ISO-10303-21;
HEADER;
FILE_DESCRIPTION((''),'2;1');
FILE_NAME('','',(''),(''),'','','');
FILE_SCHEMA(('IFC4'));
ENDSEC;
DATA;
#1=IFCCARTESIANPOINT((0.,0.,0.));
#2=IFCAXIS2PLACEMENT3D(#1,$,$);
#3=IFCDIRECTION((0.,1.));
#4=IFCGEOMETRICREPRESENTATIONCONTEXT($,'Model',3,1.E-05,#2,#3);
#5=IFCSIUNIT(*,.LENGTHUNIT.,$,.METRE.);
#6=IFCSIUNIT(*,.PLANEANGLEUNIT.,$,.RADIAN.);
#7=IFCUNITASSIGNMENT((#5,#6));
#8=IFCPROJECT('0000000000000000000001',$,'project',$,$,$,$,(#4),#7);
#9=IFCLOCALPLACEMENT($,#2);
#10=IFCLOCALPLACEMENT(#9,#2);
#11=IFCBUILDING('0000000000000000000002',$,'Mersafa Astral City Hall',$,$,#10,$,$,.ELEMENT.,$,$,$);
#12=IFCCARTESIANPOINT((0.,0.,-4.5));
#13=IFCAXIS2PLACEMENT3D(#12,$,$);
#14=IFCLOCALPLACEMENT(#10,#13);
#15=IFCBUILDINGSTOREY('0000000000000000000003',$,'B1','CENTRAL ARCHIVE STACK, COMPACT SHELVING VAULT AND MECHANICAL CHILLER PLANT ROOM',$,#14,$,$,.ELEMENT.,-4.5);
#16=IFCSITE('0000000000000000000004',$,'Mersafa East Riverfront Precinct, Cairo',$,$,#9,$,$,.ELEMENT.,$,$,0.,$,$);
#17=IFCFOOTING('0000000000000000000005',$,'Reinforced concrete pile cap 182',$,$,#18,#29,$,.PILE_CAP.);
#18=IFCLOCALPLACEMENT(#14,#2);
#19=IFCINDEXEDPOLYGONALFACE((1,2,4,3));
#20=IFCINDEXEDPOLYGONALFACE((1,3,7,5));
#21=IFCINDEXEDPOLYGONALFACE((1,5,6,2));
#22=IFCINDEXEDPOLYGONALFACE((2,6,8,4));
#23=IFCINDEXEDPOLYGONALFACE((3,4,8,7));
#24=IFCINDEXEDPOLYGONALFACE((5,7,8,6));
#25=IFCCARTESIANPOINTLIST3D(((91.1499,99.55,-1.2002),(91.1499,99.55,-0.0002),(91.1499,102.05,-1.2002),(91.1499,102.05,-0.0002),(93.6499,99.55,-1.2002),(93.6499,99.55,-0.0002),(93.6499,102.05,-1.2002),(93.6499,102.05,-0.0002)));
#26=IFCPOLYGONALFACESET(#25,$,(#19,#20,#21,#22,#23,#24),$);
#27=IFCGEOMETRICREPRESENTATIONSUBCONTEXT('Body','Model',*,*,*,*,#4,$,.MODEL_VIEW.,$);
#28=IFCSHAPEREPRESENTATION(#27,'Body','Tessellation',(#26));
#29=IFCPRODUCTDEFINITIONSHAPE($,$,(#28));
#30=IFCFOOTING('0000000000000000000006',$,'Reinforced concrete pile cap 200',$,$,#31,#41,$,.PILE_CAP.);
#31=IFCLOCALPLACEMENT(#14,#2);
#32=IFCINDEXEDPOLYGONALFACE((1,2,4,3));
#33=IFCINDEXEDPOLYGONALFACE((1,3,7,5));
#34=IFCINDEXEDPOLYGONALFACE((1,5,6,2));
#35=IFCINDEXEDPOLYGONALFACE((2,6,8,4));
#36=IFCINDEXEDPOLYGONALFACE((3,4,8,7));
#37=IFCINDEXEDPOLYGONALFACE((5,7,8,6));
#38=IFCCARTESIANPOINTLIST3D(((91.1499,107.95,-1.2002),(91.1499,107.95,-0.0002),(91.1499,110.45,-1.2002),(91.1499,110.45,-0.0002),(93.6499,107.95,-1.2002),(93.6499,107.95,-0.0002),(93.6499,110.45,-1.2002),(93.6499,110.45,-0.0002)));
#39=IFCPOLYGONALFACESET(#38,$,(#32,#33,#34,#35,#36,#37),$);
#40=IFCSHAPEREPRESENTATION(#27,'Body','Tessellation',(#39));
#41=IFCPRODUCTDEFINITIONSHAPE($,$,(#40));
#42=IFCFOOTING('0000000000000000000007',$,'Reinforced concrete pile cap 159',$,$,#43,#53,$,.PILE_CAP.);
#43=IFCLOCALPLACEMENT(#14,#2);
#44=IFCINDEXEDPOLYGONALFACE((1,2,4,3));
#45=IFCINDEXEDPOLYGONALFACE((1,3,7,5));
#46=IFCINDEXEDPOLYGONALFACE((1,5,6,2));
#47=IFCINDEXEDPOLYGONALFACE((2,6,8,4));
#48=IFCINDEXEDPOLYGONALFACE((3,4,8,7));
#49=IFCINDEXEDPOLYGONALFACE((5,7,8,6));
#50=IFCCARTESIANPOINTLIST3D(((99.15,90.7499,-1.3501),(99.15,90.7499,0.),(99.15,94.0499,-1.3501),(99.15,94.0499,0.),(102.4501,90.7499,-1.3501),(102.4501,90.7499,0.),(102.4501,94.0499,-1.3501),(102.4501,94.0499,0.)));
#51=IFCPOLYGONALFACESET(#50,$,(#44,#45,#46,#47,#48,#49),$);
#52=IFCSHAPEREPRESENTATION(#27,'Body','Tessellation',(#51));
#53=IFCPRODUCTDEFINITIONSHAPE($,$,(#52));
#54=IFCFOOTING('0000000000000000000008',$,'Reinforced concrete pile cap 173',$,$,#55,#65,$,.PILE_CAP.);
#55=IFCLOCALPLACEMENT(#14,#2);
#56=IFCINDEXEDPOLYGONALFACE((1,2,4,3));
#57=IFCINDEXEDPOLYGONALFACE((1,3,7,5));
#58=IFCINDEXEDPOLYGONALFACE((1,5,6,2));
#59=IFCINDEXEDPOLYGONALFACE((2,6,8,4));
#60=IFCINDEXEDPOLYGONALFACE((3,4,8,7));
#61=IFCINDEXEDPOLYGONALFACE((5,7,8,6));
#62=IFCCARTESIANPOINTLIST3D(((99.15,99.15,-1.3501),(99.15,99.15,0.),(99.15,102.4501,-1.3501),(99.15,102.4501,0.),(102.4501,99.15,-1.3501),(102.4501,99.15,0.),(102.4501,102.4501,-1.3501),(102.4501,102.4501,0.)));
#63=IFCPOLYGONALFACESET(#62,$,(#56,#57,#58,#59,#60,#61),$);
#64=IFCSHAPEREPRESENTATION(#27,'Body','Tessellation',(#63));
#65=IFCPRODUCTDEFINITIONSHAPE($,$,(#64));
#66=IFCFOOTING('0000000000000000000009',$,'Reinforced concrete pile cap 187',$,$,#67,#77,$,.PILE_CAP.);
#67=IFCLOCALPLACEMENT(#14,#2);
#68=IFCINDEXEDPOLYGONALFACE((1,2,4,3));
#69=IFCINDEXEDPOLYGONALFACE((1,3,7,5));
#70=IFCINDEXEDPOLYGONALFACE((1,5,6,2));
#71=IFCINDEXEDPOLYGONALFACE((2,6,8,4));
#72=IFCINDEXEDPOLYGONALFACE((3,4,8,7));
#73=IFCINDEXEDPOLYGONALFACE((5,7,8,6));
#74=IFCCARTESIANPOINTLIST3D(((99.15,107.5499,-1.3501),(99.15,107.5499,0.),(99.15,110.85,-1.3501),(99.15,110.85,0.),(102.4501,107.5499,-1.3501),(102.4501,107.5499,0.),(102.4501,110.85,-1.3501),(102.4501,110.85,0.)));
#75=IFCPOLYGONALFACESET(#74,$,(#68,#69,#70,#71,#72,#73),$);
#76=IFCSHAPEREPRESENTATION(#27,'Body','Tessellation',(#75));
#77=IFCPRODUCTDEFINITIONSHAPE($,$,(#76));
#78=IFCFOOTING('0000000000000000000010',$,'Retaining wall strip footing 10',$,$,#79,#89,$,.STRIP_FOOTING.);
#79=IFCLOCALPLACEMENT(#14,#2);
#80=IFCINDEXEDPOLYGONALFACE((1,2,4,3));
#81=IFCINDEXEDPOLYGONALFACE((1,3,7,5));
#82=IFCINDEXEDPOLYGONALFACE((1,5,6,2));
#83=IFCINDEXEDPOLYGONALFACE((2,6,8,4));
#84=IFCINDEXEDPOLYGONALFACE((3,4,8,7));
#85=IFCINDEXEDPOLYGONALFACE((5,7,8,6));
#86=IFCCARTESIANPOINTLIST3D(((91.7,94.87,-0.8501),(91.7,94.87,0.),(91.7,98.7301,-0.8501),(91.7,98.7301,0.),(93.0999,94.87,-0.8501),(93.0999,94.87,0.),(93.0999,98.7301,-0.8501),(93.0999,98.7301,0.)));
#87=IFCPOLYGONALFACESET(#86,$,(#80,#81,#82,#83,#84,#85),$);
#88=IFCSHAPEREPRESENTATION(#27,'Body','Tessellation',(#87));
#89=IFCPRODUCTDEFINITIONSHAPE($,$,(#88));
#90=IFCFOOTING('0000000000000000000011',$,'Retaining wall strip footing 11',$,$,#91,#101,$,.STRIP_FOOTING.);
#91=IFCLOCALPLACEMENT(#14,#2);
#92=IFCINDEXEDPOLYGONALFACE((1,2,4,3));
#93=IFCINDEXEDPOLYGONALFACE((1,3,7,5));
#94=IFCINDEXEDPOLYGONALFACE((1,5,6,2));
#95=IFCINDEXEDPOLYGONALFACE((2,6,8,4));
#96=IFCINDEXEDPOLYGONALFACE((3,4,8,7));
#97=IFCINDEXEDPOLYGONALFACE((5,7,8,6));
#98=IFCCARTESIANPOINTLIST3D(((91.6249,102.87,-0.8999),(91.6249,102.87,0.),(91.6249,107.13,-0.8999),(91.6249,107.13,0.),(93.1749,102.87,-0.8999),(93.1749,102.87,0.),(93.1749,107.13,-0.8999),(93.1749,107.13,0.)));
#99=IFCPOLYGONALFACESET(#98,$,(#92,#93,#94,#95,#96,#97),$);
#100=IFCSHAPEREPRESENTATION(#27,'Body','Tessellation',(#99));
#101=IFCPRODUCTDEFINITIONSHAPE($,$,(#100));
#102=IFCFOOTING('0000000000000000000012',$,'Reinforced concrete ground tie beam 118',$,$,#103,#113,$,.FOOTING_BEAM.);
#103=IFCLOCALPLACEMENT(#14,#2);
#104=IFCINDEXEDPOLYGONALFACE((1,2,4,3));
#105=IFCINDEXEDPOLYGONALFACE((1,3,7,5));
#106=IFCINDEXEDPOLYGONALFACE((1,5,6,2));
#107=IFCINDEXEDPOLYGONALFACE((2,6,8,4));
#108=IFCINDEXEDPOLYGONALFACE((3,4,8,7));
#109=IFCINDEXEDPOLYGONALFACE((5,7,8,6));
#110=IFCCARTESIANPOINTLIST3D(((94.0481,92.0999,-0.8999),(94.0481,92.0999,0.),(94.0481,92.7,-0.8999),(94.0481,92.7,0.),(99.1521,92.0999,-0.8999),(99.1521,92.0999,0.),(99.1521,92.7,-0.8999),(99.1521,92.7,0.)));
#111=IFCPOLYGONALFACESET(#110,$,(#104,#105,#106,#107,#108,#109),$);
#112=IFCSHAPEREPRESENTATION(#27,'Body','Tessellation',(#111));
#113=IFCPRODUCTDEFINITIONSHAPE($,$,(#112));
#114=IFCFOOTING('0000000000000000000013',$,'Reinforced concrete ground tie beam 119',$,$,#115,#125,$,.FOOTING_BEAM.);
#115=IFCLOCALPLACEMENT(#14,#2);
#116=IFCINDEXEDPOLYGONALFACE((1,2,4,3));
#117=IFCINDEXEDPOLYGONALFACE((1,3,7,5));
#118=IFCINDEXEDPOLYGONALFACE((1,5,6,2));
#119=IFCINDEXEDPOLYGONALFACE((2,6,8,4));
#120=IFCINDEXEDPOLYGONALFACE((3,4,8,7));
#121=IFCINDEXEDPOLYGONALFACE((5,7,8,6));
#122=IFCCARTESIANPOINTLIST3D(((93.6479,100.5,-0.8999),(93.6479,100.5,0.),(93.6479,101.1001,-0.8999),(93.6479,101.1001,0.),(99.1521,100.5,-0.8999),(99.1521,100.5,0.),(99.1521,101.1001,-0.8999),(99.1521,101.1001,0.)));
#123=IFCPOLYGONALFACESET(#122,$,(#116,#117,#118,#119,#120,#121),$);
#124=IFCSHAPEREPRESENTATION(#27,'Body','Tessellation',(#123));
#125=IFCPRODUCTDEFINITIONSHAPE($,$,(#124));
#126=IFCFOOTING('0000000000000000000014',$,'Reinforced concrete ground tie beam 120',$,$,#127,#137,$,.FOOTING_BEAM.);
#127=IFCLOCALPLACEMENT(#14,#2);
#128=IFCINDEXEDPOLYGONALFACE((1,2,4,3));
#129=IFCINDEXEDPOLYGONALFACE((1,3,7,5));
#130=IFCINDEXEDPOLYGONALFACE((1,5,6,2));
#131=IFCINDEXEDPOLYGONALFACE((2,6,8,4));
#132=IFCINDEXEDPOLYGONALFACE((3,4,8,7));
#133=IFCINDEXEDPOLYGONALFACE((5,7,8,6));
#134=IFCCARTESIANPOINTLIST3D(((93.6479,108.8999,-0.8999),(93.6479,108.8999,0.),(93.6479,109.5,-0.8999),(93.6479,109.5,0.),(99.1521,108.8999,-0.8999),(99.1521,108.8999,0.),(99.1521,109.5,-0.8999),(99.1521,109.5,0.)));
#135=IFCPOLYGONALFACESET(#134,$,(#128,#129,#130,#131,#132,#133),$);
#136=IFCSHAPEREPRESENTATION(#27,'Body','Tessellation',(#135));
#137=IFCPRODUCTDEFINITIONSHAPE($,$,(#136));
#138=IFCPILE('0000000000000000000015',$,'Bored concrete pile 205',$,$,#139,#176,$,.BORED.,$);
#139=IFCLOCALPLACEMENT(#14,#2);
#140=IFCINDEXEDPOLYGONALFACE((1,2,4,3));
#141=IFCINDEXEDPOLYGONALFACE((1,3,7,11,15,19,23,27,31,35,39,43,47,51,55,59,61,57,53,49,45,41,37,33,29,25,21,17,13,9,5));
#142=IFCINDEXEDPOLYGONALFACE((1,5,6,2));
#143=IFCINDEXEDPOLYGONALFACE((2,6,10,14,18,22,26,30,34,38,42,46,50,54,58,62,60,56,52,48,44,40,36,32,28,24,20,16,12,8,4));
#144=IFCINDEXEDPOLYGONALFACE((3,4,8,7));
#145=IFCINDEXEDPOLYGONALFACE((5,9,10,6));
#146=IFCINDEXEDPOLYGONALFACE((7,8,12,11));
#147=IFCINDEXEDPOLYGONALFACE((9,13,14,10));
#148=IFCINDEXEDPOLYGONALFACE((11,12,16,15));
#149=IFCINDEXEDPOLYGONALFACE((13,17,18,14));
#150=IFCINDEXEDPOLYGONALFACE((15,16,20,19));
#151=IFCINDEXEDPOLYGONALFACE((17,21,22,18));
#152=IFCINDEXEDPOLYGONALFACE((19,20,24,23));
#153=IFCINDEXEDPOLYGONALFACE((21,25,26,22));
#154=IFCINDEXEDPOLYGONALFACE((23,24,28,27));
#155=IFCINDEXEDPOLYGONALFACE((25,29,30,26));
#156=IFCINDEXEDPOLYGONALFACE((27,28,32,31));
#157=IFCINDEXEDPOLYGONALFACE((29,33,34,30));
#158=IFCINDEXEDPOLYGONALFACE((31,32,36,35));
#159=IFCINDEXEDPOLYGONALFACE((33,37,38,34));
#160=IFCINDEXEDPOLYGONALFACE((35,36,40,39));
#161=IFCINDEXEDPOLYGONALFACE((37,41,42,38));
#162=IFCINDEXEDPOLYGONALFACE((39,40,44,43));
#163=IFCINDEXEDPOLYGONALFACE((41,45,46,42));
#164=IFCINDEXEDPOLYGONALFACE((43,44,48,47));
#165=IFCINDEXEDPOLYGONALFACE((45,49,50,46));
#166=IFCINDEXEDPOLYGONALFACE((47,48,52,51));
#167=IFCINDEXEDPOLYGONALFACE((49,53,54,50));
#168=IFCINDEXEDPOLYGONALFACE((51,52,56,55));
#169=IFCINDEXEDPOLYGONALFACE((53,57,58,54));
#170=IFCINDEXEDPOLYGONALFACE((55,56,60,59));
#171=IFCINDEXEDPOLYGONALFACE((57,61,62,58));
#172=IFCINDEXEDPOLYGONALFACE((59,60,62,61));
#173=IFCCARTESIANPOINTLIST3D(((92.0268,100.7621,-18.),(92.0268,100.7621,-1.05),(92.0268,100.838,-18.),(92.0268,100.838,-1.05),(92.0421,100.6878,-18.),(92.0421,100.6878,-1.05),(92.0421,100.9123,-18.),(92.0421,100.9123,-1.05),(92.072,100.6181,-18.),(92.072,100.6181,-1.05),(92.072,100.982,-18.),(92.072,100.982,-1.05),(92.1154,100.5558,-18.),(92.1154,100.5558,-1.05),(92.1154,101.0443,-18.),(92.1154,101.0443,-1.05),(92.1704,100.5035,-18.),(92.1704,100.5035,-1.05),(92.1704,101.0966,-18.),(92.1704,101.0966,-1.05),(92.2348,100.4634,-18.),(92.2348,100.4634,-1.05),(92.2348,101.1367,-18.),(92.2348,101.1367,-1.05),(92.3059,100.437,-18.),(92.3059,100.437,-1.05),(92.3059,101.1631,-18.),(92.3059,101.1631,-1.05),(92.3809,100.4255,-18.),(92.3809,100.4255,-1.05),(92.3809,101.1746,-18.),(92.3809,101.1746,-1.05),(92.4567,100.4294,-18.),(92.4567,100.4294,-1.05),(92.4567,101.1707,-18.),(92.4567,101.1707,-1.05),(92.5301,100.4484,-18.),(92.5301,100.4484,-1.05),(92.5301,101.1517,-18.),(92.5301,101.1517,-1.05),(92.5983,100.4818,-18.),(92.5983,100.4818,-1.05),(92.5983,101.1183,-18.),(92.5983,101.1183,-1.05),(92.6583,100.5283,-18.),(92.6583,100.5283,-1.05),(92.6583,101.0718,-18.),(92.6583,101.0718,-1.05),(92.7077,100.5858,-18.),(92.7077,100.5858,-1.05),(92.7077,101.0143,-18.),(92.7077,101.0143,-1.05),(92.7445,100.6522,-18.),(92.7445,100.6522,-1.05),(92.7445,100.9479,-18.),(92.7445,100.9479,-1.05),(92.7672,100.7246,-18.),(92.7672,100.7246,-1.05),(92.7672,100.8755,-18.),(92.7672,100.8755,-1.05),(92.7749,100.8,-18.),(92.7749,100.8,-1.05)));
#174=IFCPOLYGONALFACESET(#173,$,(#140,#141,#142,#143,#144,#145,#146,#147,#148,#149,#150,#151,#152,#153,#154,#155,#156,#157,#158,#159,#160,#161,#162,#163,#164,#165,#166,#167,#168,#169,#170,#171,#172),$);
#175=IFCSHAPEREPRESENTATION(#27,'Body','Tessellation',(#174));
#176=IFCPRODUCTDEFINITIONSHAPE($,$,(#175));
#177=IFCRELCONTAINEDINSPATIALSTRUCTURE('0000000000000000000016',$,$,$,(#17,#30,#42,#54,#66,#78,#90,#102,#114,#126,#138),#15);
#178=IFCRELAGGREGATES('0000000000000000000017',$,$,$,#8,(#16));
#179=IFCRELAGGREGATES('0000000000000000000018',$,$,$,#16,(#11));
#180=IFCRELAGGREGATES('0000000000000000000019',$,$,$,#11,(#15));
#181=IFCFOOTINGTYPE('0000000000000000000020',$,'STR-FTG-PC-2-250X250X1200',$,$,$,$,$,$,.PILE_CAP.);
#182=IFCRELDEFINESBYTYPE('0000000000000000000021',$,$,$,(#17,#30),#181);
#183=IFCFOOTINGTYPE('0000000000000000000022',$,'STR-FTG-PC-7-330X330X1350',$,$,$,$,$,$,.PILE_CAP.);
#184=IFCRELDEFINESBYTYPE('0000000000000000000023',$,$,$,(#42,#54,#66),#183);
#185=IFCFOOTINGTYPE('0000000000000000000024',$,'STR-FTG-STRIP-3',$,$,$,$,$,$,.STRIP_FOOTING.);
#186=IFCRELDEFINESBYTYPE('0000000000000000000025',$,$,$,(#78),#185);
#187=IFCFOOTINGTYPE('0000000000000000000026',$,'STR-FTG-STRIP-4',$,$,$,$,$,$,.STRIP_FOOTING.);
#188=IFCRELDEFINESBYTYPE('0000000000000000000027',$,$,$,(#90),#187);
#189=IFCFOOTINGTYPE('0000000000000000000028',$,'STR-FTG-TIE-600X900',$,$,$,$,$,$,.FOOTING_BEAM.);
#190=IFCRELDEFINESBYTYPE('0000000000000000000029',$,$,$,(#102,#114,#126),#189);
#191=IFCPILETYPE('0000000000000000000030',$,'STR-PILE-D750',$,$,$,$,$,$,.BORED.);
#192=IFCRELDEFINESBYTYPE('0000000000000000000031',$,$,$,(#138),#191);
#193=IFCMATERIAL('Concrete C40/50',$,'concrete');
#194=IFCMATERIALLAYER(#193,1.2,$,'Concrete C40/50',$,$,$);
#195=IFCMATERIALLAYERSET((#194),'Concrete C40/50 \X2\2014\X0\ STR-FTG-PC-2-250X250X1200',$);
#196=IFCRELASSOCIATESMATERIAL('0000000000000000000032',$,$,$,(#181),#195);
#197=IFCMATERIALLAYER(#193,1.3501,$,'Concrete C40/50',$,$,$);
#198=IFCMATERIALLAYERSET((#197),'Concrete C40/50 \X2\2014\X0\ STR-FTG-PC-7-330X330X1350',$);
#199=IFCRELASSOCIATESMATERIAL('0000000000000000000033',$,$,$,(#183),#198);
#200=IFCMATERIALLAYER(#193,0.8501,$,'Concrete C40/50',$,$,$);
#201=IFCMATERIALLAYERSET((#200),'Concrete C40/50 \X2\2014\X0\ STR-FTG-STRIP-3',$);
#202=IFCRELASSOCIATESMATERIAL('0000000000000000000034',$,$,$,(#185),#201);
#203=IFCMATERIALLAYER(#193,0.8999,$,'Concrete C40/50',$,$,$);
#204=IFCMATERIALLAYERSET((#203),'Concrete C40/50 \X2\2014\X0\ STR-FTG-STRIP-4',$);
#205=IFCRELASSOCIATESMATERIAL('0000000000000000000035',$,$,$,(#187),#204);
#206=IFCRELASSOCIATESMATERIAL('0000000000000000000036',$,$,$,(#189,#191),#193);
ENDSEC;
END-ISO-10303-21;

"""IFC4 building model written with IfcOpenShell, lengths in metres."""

from ifc_helpers import new_model, si_unit, direction, frame, origin, origin_2d, place, context, subcontext, project, spatial, rectangle, circle, extrude, material, layer, layer_set, material_profile, profile_set, type_object, element, save


model = new_model("IFC4")

# Units and contexts
model_context = context("Model", 3, precision=1e-05, world=origin(), true_north=direction((0.0, 1.0)))
body_context = subcontext(model_context, "Body", "Model", "MODEL_VIEW")
ifc_project = project(units=[si_unit("LENGTHUNIT", "METRE"), si_unit("PLANEANGLEUNIT", "RADIAN")], contexts=[model_context])

# Site, building, storey
site_placement = place(None, origin())
site = spatial("IfcSite", under=ifc_project, at=site_placement, Name="Mersafa East Riverfront Precinct, Cairo", CompositionType="ELEMENT", RefElevation=0.0)
building_placement = place(site_placement, origin())
building = spatial("IfcBuilding", under=site, at=building_placement, Name="Mersafa Astral City Hall", CompositionType="ELEMENT")
storey_placement = place(building_placement, frame((0.0, 0.0, -4.5)))
storey = spatial("IfcBuildingStorey", under=building, at=storey_placement, Name="B1", Description="CENTRAL ARCHIVE STACK, COMPACT SHELVING VAULT AND MECHANICAL CHILLER PLANT ROOM", CompositionType="ELEMENT", Elevation=-4.5)

# Footings
ifc_material_1 = material(Name="Concrete C40/50", Category="concrete")
ifc_layer_1 = layer(ifc_material_1, 1.2, Name="Concrete C40/50")
ifc_layer_set_1 = layer_set([ifc_layer_1], Name="Concrete C40/50 — STR-FTG-PC-2-250X250X1200")
footing_type_1 = type_object("IfcFootingType", Name="STR-FTG-PC-2-250X250X1200", PredefinedType="PILE_CAP", material=ifc_layer_set_1)
for number, where, z_axis, x_axis, name in (
    (1, (92.3999, 100.8, -1.2002), (0.0, 0.0, 1.0), (1.0, 0.0, 0.0), "Reinforced concrete pile cap 182"),
    (2, (92.3999, 109.2, -1.2002), (0.0, 0.0, 1.0), (1.0, 0.0, 0.0), "Reinforced concrete pile cap 200"),
):
    element("IfcFooting", number, at=place(storey_placement, frame(where, z_axis=z_axis, x_axis=x_axis)), inside=storey, type_object=footing_type_1, Name=name, PredefinedType="PILE_CAP", context=body_context, shape_type="SweptSolid", body=[
        extrude(rectangle(XDim=2.5, YDim=2.5, at=origin_2d()), origin(), (0.0, 0.0, 1.0), 1.2),
    ])
ifc_layer_2 = layer(ifc_material_1, 1.3501, Name="Concrete C40/50")
ifc_layer_set_2 = layer_set([ifc_layer_2], Name="Concrete C40/50 — STR-FTG-PC-7-330X330X1350")
footing_type_2 = type_object("IfcFootingType", Name="STR-FTG-PC-7-330X330X1350", PredefinedType="PILE_CAP", material=ifc_layer_set_2)
for number, where, z_axis, x_axis, name in (
    (3, (100.8, 92.3999, -1.3501), (0.0, 0.0, 1.0), (1.0, 0.0, 0.0), "Reinforced concrete pile cap 159"),
    (4, (100.8, 100.8, -1.3501), (0.0, 0.0, 1.0), (1.0, 0.0, 0.0), "Reinforced concrete pile cap 173"),
    (5, (100.8, 109.2, -1.3501), (0.0, 0.0, 1.0), (1.0, 0.0, 0.0), "Reinforced concrete pile cap 187"),
):
    element("IfcFooting", number, at=place(storey_placement, frame(where, z_axis=z_axis, x_axis=x_axis)), inside=storey, type_object=footing_type_2, Name=name, PredefinedType="PILE_CAP", context=body_context, shape_type="SweptSolid", body=[
        extrude(rectangle(XDim=3.3, YDim=3.3, at=origin_2d()), origin(), (0.0, 0.0, 1.0), 1.3501),
    ])
ifc_layer_3 = layer(ifc_material_1, 0.8501, Name="Concrete C40/50")
ifc_layer_set_3 = layer_set([ifc_layer_3], Name="Concrete C40/50 — STR-FTG-STRIP-3")
footing_type_3 = type_object("IfcFootingType", Name="STR-FTG-STRIP-3", PredefinedType="STRIP_FOOTING", material=ifc_layer_set_3)
footing_1_placement = place(storey_placement, frame((92.3999, 96.8, -0.8501), z_axis=(0.0, 0.0, 1.0), x_axis=(0.0, 1.0, 0.0)))
element("IfcFooting", 6, at=footing_1_placement, inside=storey, type_object=footing_type_3, Name="Retaining wall strip footing 10", PredefinedType="STRIP_FOOTING", context=body_context, shape_type="SweptSolid", body=[
    extrude(rectangle(XDim=3.8601, YDim=1.3999, at=origin_2d()), origin(), (0.0, 0.0, 1.0), 0.8501),
])
ifc_layer_4 = layer(ifc_material_1, 0.8999, Name="Concrete C40/50")
ifc_layer_set_4 = layer_set([ifc_layer_4], Name="Concrete C40/50 — STR-FTG-STRIP-4")
footing_type_4 = type_object("IfcFootingType", Name="STR-FTG-STRIP-4", PredefinedType="STRIP_FOOTING", material=ifc_layer_set_4)
footing_2_placement = place(storey_placement, frame((92.3999, 105.0, -0.8999), z_axis=(0.0, 0.0, 1.0), x_axis=(0.0, 1.0, 0.0)))
element("IfcFooting", 7, at=footing_2_placement, inside=storey, type_object=footing_type_4, Name="Retaining wall strip footing 11", PredefinedType="STRIP_FOOTING", context=body_context, shape_type="SweptSolid", body=[
    extrude(rectangle(XDim=4.26, YDim=1.55, at=origin_2d()), origin(), (0.0, 0.0, 1.0), 0.8999),
])
ifc_material_profile_1 = material_profile(ifc_material_1, rectangle(XDim=0.6001, YDim=0.8999, at=origin_2d()), Name="RC 600x900")
ifc_profile_set_1 = profile_set([ifc_material_profile_1], Name="Concrete C40/50")
footing_type_5 = type_object("IfcFootingType", Name="STR-FTG-TIE-600X900", PredefinedType="FOOTING_BEAM", material=ifc_profile_set_1)
footing_3_placement = place(storey_placement, frame((94.0481, 92.3999, -0.45), z_axis=(1.0, 0.0, 0.0), x_axis=(0.0, 1.0, 0.0)))
element("IfcFooting", 8, at=footing_3_placement, inside=storey, type_object=footing_type_5, Name="Reinforced concrete ground tie beam 118", PredefinedType="FOOTING_BEAM", context=body_context, shape_type="SweptSolid", body=[
    extrude(rectangle(XDim=0.6001, YDim=0.8999, at=origin_2d()), origin(), (0.0, 0.0, 1.0), 5.104),
])
for number, where, z_axis, x_axis, name in (
    (9, (93.6479, 100.8, -0.45), (1.0, 0.0, 0.0), (0.0, 1.0, 0.0), "Reinforced concrete ground tie beam 119"),
    (10, (93.6479, 109.2, -0.45), (1.0, 0.0, 0.0), (0.0, 1.0, 0.0), "Reinforced concrete ground tie beam 120"),
):
    element("IfcFooting", number, at=place(storey_placement, frame(where, z_axis=z_axis, x_axis=x_axis)), inside=storey, type_object=footing_type_5, Name=name, PredefinedType="FOOTING_BEAM", context=body_context, shape_type="SweptSolid", body=[
        extrude(rectangle(XDim=0.6001, YDim=0.8999, at=origin_2d()), origin(), (0.0, 0.0, 1.0), 5.5042),
    ])

# Pile
ifc_material_profile_2 = material_profile(ifc_material_1, circle(Radius=0.375, at=origin_2d()), Name="PILE D750")
ifc_profile_set_2 = profile_set([ifc_material_profile_2], Name="Concrete C40/50")
pile_type_1 = type_object("IfcPileType", Name="STR-PILE-D750", PredefinedType="BORED", material=ifc_profile_set_2)
for number, where, z_axis, x_axis, name in (
    (11, (92.3999, 100.8, -1.05), (0.0, 0.0, -1.0), (1.0, 0.0, 0.0), "Bored concrete pile 205"),
):
    element("IfcPile", number, at=place(storey_placement, frame(where, z_axis=z_axis, x_axis=x_axis)), inside=storey, type_object=pile_type_1, Name=name, PredefinedType="BORED", context=body_context, shape_type="SweptSolid", body=[
        extrude(circle(Radius=0.375, at=origin_2d()), origin(), (0.0, 0.0, 1.0), 16.95),
    ])

save(model, "model.ifc")
